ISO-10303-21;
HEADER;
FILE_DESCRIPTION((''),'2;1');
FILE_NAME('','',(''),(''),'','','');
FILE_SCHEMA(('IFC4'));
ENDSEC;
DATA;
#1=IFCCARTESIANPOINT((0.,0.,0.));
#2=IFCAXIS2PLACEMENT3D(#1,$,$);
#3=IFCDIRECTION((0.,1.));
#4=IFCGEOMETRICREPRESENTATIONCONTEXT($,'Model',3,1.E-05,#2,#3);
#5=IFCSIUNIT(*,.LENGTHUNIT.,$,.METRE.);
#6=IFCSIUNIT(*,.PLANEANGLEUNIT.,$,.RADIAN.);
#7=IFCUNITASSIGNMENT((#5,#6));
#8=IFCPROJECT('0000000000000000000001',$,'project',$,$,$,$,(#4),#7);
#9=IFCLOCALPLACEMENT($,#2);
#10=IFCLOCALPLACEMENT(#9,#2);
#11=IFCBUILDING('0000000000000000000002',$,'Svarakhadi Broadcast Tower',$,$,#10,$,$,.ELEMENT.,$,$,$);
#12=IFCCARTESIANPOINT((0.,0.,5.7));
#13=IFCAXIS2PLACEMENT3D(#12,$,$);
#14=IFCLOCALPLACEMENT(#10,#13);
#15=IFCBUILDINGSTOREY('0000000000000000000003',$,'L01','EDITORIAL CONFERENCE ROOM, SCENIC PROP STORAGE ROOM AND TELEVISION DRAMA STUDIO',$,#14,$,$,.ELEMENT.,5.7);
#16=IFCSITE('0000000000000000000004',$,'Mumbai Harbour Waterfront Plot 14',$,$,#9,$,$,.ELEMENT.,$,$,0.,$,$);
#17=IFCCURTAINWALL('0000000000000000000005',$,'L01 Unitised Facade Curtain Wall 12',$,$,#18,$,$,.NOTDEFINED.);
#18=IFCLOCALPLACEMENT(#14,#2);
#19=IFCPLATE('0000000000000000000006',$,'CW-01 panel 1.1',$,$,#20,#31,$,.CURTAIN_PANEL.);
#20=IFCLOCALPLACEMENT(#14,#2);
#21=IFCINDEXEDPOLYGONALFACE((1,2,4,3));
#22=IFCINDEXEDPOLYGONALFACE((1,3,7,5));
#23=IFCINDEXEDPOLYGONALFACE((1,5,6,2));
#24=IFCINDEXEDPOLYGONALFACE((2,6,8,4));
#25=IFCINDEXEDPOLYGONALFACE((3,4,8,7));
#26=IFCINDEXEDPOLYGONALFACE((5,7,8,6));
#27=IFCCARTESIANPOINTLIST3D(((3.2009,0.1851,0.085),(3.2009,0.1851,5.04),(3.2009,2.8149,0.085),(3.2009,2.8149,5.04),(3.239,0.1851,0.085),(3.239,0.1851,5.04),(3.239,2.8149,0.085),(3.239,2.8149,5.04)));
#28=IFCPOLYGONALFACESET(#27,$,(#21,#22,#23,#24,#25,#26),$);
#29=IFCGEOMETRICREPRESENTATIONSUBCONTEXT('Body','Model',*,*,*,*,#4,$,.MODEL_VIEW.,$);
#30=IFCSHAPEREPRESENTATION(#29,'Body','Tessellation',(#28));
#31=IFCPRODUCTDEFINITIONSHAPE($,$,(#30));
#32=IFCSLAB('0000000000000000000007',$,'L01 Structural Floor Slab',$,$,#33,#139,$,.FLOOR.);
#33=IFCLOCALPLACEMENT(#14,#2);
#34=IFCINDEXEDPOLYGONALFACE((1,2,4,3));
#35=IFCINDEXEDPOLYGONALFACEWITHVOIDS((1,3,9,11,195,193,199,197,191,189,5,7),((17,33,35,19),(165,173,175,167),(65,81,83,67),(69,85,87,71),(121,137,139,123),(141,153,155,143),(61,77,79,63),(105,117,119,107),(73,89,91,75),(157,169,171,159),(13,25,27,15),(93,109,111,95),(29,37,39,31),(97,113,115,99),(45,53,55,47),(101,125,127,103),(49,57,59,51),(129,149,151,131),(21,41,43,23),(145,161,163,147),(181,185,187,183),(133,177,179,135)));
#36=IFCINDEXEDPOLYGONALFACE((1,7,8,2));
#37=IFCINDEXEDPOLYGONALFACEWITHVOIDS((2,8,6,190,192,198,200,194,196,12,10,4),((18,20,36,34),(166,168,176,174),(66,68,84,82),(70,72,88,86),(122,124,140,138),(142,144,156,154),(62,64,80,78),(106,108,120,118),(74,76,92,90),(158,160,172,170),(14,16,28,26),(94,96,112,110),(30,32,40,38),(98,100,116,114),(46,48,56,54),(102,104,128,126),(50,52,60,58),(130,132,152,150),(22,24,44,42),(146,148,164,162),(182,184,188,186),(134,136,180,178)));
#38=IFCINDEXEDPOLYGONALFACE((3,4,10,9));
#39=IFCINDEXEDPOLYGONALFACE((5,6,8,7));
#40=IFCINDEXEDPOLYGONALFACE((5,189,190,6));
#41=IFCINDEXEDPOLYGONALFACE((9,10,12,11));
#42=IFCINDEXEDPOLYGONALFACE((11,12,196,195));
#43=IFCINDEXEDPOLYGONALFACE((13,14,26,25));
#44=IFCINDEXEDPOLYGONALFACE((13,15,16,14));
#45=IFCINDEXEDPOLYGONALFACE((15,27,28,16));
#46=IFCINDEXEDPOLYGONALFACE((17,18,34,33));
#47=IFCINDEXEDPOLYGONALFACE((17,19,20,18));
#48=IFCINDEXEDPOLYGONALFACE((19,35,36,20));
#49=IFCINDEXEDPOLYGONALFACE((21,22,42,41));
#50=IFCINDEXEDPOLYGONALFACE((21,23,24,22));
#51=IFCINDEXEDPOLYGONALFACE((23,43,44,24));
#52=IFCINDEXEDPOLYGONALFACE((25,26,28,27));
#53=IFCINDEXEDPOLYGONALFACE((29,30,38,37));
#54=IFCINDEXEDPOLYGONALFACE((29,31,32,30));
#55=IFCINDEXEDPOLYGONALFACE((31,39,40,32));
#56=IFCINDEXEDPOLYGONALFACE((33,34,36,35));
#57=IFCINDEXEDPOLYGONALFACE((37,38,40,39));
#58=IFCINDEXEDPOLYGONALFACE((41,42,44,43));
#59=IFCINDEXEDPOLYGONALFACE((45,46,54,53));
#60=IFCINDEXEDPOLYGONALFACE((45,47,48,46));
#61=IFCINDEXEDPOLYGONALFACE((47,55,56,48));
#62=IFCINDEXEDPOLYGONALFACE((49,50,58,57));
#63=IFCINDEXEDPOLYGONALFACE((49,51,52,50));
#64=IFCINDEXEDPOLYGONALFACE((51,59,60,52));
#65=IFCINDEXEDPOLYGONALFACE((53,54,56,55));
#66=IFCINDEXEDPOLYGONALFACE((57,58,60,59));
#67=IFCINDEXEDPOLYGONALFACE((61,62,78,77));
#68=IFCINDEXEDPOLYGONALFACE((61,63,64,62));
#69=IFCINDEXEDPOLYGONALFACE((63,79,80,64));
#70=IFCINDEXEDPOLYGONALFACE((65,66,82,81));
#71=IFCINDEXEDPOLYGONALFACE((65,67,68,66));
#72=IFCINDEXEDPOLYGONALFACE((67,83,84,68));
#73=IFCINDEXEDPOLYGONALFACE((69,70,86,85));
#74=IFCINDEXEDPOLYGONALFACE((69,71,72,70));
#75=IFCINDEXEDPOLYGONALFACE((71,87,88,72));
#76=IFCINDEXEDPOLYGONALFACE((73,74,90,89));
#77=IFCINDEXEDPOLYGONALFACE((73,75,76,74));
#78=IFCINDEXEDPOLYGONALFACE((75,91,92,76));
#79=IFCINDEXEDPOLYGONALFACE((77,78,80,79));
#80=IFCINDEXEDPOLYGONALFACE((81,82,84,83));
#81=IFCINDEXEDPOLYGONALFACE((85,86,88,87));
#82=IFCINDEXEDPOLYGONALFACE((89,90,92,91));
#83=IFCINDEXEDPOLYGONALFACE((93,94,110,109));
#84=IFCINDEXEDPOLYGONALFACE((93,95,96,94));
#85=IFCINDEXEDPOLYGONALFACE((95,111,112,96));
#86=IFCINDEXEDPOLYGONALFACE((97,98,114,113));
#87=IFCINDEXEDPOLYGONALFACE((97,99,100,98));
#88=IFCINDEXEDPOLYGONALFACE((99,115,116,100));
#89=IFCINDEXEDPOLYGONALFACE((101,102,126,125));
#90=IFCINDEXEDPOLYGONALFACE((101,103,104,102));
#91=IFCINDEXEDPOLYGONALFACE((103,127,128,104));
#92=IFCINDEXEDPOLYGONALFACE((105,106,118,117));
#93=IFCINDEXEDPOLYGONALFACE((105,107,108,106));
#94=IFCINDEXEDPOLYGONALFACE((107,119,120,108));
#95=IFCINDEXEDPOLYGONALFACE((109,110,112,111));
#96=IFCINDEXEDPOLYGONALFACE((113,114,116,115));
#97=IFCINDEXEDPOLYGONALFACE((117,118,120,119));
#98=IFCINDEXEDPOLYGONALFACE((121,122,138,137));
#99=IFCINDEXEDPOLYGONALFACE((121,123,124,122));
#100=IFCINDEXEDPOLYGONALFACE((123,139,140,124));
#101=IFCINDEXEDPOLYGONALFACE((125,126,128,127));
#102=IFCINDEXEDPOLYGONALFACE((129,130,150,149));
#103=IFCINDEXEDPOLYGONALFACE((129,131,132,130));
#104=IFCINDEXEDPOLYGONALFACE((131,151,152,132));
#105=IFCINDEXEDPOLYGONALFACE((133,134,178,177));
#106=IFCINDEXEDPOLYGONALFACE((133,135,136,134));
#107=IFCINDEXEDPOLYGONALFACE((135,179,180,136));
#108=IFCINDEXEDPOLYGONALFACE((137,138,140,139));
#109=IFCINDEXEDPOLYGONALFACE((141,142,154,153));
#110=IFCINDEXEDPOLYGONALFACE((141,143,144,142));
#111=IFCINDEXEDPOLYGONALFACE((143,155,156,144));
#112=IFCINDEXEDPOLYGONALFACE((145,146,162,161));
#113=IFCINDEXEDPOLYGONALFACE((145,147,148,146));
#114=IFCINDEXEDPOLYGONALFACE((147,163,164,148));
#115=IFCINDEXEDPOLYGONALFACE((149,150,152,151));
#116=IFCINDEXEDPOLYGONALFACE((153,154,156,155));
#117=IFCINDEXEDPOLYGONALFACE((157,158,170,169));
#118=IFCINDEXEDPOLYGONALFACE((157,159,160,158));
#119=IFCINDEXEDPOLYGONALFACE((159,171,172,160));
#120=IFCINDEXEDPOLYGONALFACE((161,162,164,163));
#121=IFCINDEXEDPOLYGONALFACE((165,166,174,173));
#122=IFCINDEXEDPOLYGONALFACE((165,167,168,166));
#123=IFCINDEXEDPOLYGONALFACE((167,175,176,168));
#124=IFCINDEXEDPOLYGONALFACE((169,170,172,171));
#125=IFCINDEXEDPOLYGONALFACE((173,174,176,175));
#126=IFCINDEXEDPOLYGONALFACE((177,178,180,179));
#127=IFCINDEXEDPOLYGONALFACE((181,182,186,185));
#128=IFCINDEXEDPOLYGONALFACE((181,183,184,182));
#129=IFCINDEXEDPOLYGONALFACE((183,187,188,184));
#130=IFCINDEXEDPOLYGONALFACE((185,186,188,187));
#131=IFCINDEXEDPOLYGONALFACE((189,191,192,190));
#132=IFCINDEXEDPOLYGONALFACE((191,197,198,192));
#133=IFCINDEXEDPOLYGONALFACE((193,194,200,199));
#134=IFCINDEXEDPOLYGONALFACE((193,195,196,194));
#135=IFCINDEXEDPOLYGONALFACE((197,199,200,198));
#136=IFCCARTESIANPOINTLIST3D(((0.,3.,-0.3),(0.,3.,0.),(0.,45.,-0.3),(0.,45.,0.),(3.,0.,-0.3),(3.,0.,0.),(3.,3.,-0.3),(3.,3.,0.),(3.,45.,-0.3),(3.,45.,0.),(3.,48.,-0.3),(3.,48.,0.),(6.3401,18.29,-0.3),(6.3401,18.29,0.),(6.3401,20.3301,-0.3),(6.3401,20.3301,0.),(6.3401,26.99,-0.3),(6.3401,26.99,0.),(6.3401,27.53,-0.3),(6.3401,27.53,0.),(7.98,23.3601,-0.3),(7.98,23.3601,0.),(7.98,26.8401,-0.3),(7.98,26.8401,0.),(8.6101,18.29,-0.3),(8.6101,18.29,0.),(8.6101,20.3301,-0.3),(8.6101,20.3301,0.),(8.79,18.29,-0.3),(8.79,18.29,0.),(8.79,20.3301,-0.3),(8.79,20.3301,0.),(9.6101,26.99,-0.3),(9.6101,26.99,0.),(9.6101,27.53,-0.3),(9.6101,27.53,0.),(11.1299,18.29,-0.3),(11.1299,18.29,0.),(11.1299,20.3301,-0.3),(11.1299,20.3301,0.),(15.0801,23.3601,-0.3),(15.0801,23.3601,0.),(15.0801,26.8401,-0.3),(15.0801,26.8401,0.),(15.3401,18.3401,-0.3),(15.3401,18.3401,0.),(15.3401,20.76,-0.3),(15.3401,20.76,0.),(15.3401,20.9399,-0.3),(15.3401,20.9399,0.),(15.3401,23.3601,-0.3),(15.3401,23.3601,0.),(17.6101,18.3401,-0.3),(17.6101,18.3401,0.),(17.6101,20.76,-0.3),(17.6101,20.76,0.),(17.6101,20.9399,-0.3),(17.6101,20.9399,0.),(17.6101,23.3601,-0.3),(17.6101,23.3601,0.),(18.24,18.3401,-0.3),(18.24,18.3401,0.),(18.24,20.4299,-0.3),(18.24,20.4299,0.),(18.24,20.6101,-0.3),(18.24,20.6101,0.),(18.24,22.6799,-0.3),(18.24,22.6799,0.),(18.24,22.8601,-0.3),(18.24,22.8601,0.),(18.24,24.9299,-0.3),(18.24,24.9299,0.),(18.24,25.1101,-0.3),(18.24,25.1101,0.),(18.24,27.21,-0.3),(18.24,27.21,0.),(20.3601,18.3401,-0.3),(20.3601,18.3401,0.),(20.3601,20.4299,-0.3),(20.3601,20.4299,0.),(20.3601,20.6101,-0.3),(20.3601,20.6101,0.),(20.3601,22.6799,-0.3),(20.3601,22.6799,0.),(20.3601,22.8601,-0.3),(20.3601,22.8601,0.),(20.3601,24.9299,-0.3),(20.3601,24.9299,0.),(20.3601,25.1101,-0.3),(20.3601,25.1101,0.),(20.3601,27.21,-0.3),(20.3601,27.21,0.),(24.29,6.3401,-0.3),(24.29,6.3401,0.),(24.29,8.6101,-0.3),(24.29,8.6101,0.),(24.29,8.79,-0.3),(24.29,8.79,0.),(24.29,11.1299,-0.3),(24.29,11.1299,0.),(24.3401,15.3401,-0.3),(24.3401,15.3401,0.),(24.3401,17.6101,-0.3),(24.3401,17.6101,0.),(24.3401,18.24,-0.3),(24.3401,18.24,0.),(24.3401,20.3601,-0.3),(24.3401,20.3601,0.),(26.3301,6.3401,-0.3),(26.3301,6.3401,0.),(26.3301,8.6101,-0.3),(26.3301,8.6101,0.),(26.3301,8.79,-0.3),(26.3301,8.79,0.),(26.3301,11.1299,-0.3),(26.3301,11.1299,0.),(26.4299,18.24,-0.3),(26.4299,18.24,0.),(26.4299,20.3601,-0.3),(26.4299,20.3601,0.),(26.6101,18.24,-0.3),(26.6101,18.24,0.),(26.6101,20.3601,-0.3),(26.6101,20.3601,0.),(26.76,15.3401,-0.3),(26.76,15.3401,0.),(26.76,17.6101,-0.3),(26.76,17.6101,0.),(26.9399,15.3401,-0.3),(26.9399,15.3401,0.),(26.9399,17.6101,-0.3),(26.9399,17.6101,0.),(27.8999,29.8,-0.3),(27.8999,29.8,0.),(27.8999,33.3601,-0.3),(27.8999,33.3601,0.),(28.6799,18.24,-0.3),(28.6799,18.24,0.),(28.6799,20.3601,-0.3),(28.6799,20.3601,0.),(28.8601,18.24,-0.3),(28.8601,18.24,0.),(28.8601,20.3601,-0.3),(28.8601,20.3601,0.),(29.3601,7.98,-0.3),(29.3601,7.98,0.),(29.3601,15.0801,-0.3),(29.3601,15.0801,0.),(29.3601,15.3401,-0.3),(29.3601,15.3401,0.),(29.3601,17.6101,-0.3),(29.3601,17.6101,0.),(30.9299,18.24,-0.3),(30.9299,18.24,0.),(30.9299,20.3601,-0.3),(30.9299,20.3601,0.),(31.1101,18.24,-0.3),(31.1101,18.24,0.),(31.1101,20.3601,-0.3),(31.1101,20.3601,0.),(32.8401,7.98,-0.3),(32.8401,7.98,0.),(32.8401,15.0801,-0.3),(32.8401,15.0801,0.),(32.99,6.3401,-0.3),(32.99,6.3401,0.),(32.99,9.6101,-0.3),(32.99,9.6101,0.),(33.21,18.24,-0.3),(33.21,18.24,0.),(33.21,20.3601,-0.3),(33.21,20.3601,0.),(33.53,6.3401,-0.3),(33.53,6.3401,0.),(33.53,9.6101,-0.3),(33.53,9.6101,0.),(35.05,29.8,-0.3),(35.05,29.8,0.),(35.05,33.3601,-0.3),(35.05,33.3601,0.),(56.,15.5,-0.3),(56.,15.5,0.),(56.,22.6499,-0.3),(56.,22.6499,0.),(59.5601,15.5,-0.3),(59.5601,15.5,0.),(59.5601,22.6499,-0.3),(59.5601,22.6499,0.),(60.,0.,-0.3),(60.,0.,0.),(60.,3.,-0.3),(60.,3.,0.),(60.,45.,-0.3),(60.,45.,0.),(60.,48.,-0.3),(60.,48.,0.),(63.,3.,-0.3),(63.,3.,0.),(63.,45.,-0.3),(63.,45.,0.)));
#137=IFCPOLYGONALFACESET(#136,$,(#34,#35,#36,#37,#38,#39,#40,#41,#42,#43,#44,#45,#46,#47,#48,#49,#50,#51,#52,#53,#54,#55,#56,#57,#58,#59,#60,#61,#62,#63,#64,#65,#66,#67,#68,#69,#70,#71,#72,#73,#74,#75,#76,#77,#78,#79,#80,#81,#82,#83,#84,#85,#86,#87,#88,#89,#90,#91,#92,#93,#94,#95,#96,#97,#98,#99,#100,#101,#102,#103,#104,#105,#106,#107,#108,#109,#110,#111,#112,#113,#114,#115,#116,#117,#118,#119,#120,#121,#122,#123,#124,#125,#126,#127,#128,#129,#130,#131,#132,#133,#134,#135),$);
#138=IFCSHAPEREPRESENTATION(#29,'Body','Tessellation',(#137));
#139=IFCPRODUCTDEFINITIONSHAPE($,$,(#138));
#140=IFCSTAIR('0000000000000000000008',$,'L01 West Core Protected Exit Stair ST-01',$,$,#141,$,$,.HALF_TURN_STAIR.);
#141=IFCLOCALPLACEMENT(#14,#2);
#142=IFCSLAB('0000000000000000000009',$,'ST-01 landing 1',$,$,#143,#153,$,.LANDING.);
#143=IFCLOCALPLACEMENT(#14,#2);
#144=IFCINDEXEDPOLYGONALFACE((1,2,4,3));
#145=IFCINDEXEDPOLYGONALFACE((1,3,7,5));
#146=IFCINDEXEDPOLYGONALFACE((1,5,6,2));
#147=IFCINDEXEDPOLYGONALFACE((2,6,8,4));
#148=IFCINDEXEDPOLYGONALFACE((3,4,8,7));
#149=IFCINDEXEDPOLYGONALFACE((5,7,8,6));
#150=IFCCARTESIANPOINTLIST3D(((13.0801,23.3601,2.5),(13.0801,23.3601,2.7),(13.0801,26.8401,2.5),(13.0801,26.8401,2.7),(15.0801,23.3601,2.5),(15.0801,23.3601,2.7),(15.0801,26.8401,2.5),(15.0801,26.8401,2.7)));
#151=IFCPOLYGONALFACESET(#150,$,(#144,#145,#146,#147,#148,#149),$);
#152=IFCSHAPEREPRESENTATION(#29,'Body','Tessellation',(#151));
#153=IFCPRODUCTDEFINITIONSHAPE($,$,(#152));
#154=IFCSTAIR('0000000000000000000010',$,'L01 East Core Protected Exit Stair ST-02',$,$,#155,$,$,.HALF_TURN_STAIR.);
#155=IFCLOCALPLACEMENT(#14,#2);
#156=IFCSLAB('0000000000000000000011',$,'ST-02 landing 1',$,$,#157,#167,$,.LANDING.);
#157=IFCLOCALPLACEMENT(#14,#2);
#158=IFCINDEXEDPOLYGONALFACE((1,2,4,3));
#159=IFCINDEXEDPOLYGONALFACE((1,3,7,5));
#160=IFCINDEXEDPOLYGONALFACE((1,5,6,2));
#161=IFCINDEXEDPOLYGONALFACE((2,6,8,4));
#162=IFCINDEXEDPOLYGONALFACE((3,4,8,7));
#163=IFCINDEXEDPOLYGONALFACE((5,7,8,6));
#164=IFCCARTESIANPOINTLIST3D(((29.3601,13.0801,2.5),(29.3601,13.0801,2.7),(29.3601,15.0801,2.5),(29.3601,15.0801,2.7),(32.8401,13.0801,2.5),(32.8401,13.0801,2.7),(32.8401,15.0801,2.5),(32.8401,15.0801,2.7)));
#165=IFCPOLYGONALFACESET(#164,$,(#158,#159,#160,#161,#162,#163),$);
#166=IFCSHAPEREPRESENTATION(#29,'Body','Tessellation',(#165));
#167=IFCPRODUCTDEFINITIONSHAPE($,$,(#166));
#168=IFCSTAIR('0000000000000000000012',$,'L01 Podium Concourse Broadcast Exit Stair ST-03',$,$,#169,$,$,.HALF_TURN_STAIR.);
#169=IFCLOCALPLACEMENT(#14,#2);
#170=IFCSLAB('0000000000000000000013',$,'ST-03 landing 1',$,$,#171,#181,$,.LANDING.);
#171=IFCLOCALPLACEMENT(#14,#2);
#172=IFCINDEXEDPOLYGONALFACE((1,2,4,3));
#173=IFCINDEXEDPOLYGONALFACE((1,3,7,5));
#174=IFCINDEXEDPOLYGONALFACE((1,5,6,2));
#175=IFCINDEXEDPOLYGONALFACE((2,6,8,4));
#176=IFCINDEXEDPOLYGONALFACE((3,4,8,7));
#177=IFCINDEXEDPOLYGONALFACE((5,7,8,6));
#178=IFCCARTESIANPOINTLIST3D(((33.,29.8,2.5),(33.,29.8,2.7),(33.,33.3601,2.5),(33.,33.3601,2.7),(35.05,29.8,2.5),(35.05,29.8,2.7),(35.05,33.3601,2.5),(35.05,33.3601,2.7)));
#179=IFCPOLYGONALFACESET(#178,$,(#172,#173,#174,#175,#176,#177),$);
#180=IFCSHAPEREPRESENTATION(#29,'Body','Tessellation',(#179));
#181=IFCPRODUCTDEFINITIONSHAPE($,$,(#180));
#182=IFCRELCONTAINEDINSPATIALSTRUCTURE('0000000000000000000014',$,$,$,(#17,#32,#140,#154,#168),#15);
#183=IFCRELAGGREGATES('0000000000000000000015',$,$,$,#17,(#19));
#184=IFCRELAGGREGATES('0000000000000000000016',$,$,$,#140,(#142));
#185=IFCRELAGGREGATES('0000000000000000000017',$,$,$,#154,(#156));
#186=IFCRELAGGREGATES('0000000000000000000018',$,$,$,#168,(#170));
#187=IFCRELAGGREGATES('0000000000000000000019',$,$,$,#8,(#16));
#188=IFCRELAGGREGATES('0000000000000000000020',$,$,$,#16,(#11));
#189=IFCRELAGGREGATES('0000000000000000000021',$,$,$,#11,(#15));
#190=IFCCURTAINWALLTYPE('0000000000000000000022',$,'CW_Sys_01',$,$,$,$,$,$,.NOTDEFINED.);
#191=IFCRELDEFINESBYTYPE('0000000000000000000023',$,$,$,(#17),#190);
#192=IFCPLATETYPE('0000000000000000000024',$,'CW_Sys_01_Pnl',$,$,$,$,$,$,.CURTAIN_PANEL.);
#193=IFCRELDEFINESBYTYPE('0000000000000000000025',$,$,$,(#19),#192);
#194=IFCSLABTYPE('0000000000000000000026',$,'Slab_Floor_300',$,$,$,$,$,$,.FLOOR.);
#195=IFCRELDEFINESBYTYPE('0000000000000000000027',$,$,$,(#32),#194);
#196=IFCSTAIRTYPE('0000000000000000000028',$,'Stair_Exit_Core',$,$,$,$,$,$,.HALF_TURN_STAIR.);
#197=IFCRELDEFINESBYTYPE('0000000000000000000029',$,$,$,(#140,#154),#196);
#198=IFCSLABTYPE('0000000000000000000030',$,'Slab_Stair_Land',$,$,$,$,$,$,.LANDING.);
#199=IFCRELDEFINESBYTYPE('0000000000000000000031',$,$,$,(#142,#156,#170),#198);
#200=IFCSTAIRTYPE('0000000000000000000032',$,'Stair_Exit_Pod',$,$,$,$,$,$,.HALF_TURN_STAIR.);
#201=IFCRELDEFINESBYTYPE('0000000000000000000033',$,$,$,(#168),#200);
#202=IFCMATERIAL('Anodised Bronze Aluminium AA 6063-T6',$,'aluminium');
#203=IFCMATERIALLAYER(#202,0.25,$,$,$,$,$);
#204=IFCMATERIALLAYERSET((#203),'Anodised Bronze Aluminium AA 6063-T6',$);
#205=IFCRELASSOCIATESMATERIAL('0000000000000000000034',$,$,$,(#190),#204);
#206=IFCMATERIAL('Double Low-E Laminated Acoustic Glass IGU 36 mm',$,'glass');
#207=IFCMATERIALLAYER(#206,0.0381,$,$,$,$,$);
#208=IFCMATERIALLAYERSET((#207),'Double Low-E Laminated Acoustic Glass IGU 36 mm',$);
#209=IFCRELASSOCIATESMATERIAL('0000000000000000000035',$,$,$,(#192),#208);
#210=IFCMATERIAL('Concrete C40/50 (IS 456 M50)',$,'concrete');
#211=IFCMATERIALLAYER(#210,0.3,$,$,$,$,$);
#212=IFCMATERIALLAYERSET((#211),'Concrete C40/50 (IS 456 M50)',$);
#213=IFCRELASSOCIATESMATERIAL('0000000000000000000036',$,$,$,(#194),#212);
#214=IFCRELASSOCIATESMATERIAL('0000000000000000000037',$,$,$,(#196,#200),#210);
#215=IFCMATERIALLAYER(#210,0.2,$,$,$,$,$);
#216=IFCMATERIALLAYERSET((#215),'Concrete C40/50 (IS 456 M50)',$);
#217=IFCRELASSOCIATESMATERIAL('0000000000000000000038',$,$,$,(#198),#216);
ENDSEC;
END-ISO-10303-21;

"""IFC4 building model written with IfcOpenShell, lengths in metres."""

from ifc_helpers import new_model, si_unit, direction, frame, origin, origin_2d, place, context, subcontext, project, spatial, polyline, rectangle, outline, extrude, material, layer, layer_set, type_object, element, aggregate, save


model = new_model("IFC4")

# Units and contexts
model_context = context("Model", 3, precision=1e-05, world=origin(), true_north=direction((0.0, 1.0)))
body_context = subcontext(model_context, "Body", "Model", "MODEL_VIEW")
ifc_project = project(units=[si_unit("LENGTHUNIT", "METRE"), si_unit("PLANEANGLEUNIT", "RADIAN")], contexts=[model_context])

# Site, building, storey
site_placement = place(None, origin())
site = spatial("IfcSite", under=ifc_project, at=site_placement, Name="Mumbai Harbour Waterfront Plot 14", CompositionType="ELEMENT", RefElevation=0.0)
building_placement = place(site_placement, origin())
building = spatial("IfcBuilding", under=site, at=building_placement, Name="Svarakhadi Broadcast Tower", CompositionType="ELEMENT")
storey_placement = place(building_placement, frame((0.0, 0.0, 5.7)))
storey = spatial("IfcBuildingStorey", under=building, at=storey_placement, Name="L01", Description="EDITORIAL CONFERENCE ROOM, SCENIC PROP STORAGE ROOM AND TELEVISION DRAMA STUDIO", CompositionType="ELEMENT", Elevation=5.7)

# Curtain wall
ifc_material_1 = material(Name="Anodised Bronze Aluminium AA 6063-T6", Category="aluminium")
ifc_layer_1 = layer(ifc_material_1, 0.25)
ifc_layer_set_1 = layer_set([ifc_layer_1], Name="Anodised Bronze Aluminium AA 6063-T6")
curtain_wall_type = type_object("IfcCurtainWallType", Name="CW_Sys_01", PredefinedType="NOTDEFINED", material=ifc_layer_set_1)
curtain_wall_placement = place(storey_placement, origin())
curtain_wall = element("IfcCurtainWall", 1, at=curtain_wall_placement, inside=storey, type_object=curtain_wall_type, Name="L01 Unitised Facade Curtain Wall 12", PredefinedType="NOTDEFINED")

# Plate
ifc_material_2 = material(Name="Double Low-E Laminated Acoustic Glass IGU 36 mm", Category="glass")
ifc_layer_2 = layer(ifc_material_2, 0.0381)
ifc_layer_set_2 = layer_set([ifc_layer_2], Name="Double Low-E Laminated Acoustic Glass IGU 36 mm")
plate_type = type_object("IfcPlateType", Name="CW_Sys_01_Pnl", PredefinedType="CURTAIN_PANEL", material=ifc_layer_set_2)
plate_placement = place(storey_placement, frame((3.22, 1.5, 0.085), z_axis=(0.0, 0.0, 1.0), x_axis=(0.0, 1.0, 0.0)))
plate = element("IfcPlate", 2, at=plate_placement, type_object=plate_type, Name="CW-01 panel 1.1", PredefinedType="CURTAIN_PANEL", context=body_context, shape_type="SweptSolid", body=[
    extrude(rectangle(XDim=2.6299, YDim=0.0381, at=origin_2d()), origin(), (0.0, 0.0, 1.0), 4.9551),
])
aggregate(curtain_wall, [plate])

# Slab
ifc_material_3 = material(Name="Concrete C40/50 (IS 456 M50)", Category="concrete")
ifc_layer_3 = layer(ifc_material_3, 0.3)
ifc_layer_set_3 = layer_set([ifc_layer_3], Name="Concrete C40/50 (IS 456 M50)")
slab_type_1 = type_object("IfcSlabType", Name="Slab_Floor_300", PredefinedType="FLOOR", material=ifc_layer_set_3)
slab_1_placement = place(storey_placement, frame((0.0, 0.0, -0.3)))
element("IfcSlab", 3, at=slab_1_placement, inside=storey, type_object=slab_type_1, Name="L01 Structural Floor Slab", PredefinedType="FLOOR", context=body_context, shape_type="SweptSolid", body=[
    extrude(outline(polyline([(3.0, 0.0), (60.0, 0.0), (60.0, 3.0), (63.0, 3.0), (63.0, 45.0), (60.0, 45.0), (60.0, 48.0), (3.0, 48.0), (3.0, 45.0), (0.0, 45.0), (0.0, 3.0), (3.0, 3.0), (3.0, 0.0)]), holes=[polyline([(7.98, 23.3601), (15.0801, 23.3601), (15.0801, 26.8401), (7.98, 26.8401), (7.98, 23.3601)]), polyline([(32.8401, 7.98), (32.8401, 15.0801), (29.3601, 15.0801), (29.3601, 7.98), (32.8401, 7.98)]), polyline([(27.8999, 29.8), (35.05, 29.8), (35.05, 33.3601), (27.8999, 33.3601), (27.8999, 29.8)]), polyline([(59.5601, 15.5), (59.5601, 22.6499), (56.0, 22.6499), (56.0, 15.5), (59.5601, 15.5)]), polyline([(6.3401, 18.29), (8.6101, 18.29), (8.6101, 20.3301), (6.3401, 20.3301), (6.3401, 18.29)]), polyline([(8.79, 18.29), (11.1299, 18.29), (11.1299, 20.3301), (8.79, 20.3301), (8.79, 18.29)]), polyline([(24.29, 6.3401), (26.3301, 6.3401), (26.3301, 8.6101), (24.29, 8.6101), (24.29, 6.3401)]), polyline([(24.29, 8.79), (26.3301, 8.79), (26.3301, 11.1299), (24.29, 11.1299), (24.29, 8.79)]), polyline([(6.3401, 26.99), (9.6101, 26.99), (9.6101, 27.53), (6.3401, 27.53), (6.3401, 26.99)]), polyline([(32.99, 6.3401), (33.53, 6.3401), (33.53, 9.6101), (32.99, 9.6101), (32.99, 6.3401)]), polyline([(15.3401, 18.3401), (17.6101, 18.3401), (17.6101, 20.76), (15.3401, 20.76), (15.3401, 18.3401)]), polyline([(15.3401, 20.9399), (17.6101, 20.9399), (17.6101, 23.3601), (15.3401, 23.3601), (15.3401, 20.9399)]), polyline([(24.3401, 15.3401), (26.76, 15.3401), (26.76, 17.6101), (24.3401, 17.6101), (24.3401, 15.3401)]), polyline([(26.9399, 15.3401), (29.3601, 15.3401), (29.3601, 17.6101), (26.9399, 17.6101), (26.9399, 15.3401)]), polyline([(18.24, 18.3401), (20.3601, 18.3401), (20.3601, 20.4299), (18.24, 20.4299), (18.24, 18.3401)]), polyline([(18.24, 20.6101), (20.3601, 20.6101), (20.3601, 22.6799), (18.24, 22.6799), (18.24, 20.6101)]), polyline([(18.24, 22.8601), (20.3601, 22.8601), (20.3601, 24.9299), (18.24, 24.9299), (18.24, 22.8601)]), polyline([(18.24, 25.1101), (20.3601, 25.1101), (20.3601, 27.21), (18.24, 27.21), (18.24, 25.1101)]), polyline([(24.3401, 18.24), (26.4299, 18.24), (26.4299, 20.3601), (24.3401, 20.3601), (24.3401, 18.24)]), polyline([(26.6101, 18.24), (28.6799, 18.24), (28.6799, 20.3601), (26.6101, 20.3601), (26.6101, 18.24)]), polyline([(28.8601, 18.24), (30.9299, 18.24), (30.9299, 20.3601), (28.8601, 20.3601), (28.8601, 18.24)]), polyline([(31.1101, 18.24), (33.21, 18.24), (33.21, 20.3601), (31.1101, 20.3601), (31.1101, 18.24)])]), origin(), (0.0, 0.0, 1.0), 0.3),
])

# Stairs, slabs
stair_type_1 = type_object("IfcStairType", Name="Stair_Exit_Core", PredefinedType="HALF_TURN_STAIR", material=ifc_material_3)
stair_1_placement = place(storey_placement, origin())
stair_1 = element("IfcStair", 4, at=stair_1_placement, inside=storey, type_object=stair_type_1, Name="L01 West Core Protected Exit Stair ST-01", PredefinedType="HALF_TURN_STAIR")
ifc_layer_4 = layer(ifc_material_3, 0.2)
ifc_layer_set_4 = layer_set([ifc_layer_4], Name="Concrete C40/50 (IS 456 M50)")
slab_type_2 = type_object("IfcSlabType", Name="Slab_Stair_Land", PredefinedType="LANDING", material=ifc_layer_set_4)
slab_2_placement = place(storey_placement, frame((0.0, 0.0, 2.5)))
slab_2 = element("IfcSlab", 5, at=slab_2_placement, type_object=slab_type_2, Name="ST-01 landing 1", PredefinedType="LANDING", context=body_context, shape_type="SweptSolid", body=[
    extrude(outline(polyline([(13.0801, 23.3601), (15.0801, 23.3601), (15.0801, 26.8401), (13.0801, 26.8401), (13.0801, 23.3601)])), origin(), (0.0, 0.0, 1.0), 0.2),
])
aggregate(stair_1, [slab_2])
stair_2_placement = place(storey_placement, origin())
stair_2 = element("IfcStair", 6, at=stair_2_placement, inside=storey, type_object=stair_type_1, Name="L01 East Core Protected Exit Stair ST-02", PredefinedType="HALF_TURN_STAIR")
slab_3_placement = place(storey_placement, frame((0.0, 0.0, 2.5)))
slab_3 = element("IfcSlab", 7, at=slab_3_placement, type_object=slab_type_2, Name="ST-02 landing 1", PredefinedType="LANDING", context=body_context, shape_type="SweptSolid", body=[
    extrude(outline(polyline([(32.8401, 13.0801), (32.8401, 15.0801), (29.3601, 15.0801), (29.3601, 13.0801), (32.8401, 13.0801)])), origin(), (0.0, 0.0, 1.0), 0.2),
])
aggregate(stair_2, [slab_3])
stair_type_2 = type_object("IfcStairType", Name="Stair_Exit_Pod", PredefinedType="HALF_TURN_STAIR", material=ifc_material_3)
stair_3_placement = place(storey_placement, origin())
stair_3 = element("IfcStair", 8, at=stair_3_placement, inside=storey, type_object=stair_type_2, Name="L01 Podium Concourse Broadcast Exit Stair ST-03", PredefinedType="HALF_TURN_STAIR")
slab_4_placement = place(storey_placement, frame((0.0, 0.0, 2.5)))
slab_4 = element("IfcSlab", 9, at=slab_4_placement, type_object=slab_type_2, Name="ST-03 landing 1", PredefinedType="LANDING", context=body_context, shape_type="SweptSolid", body=[
    extrude(outline(polyline([(33.0, 29.8), (35.05, 29.8), (35.05, 33.3601), (33.0, 33.3601), (33.0, 29.8)])), origin(), (0.0, 0.0, 1.0), 0.2),
])
aggregate(stair_3, [slab_4])

save(model, "model.ifc")
